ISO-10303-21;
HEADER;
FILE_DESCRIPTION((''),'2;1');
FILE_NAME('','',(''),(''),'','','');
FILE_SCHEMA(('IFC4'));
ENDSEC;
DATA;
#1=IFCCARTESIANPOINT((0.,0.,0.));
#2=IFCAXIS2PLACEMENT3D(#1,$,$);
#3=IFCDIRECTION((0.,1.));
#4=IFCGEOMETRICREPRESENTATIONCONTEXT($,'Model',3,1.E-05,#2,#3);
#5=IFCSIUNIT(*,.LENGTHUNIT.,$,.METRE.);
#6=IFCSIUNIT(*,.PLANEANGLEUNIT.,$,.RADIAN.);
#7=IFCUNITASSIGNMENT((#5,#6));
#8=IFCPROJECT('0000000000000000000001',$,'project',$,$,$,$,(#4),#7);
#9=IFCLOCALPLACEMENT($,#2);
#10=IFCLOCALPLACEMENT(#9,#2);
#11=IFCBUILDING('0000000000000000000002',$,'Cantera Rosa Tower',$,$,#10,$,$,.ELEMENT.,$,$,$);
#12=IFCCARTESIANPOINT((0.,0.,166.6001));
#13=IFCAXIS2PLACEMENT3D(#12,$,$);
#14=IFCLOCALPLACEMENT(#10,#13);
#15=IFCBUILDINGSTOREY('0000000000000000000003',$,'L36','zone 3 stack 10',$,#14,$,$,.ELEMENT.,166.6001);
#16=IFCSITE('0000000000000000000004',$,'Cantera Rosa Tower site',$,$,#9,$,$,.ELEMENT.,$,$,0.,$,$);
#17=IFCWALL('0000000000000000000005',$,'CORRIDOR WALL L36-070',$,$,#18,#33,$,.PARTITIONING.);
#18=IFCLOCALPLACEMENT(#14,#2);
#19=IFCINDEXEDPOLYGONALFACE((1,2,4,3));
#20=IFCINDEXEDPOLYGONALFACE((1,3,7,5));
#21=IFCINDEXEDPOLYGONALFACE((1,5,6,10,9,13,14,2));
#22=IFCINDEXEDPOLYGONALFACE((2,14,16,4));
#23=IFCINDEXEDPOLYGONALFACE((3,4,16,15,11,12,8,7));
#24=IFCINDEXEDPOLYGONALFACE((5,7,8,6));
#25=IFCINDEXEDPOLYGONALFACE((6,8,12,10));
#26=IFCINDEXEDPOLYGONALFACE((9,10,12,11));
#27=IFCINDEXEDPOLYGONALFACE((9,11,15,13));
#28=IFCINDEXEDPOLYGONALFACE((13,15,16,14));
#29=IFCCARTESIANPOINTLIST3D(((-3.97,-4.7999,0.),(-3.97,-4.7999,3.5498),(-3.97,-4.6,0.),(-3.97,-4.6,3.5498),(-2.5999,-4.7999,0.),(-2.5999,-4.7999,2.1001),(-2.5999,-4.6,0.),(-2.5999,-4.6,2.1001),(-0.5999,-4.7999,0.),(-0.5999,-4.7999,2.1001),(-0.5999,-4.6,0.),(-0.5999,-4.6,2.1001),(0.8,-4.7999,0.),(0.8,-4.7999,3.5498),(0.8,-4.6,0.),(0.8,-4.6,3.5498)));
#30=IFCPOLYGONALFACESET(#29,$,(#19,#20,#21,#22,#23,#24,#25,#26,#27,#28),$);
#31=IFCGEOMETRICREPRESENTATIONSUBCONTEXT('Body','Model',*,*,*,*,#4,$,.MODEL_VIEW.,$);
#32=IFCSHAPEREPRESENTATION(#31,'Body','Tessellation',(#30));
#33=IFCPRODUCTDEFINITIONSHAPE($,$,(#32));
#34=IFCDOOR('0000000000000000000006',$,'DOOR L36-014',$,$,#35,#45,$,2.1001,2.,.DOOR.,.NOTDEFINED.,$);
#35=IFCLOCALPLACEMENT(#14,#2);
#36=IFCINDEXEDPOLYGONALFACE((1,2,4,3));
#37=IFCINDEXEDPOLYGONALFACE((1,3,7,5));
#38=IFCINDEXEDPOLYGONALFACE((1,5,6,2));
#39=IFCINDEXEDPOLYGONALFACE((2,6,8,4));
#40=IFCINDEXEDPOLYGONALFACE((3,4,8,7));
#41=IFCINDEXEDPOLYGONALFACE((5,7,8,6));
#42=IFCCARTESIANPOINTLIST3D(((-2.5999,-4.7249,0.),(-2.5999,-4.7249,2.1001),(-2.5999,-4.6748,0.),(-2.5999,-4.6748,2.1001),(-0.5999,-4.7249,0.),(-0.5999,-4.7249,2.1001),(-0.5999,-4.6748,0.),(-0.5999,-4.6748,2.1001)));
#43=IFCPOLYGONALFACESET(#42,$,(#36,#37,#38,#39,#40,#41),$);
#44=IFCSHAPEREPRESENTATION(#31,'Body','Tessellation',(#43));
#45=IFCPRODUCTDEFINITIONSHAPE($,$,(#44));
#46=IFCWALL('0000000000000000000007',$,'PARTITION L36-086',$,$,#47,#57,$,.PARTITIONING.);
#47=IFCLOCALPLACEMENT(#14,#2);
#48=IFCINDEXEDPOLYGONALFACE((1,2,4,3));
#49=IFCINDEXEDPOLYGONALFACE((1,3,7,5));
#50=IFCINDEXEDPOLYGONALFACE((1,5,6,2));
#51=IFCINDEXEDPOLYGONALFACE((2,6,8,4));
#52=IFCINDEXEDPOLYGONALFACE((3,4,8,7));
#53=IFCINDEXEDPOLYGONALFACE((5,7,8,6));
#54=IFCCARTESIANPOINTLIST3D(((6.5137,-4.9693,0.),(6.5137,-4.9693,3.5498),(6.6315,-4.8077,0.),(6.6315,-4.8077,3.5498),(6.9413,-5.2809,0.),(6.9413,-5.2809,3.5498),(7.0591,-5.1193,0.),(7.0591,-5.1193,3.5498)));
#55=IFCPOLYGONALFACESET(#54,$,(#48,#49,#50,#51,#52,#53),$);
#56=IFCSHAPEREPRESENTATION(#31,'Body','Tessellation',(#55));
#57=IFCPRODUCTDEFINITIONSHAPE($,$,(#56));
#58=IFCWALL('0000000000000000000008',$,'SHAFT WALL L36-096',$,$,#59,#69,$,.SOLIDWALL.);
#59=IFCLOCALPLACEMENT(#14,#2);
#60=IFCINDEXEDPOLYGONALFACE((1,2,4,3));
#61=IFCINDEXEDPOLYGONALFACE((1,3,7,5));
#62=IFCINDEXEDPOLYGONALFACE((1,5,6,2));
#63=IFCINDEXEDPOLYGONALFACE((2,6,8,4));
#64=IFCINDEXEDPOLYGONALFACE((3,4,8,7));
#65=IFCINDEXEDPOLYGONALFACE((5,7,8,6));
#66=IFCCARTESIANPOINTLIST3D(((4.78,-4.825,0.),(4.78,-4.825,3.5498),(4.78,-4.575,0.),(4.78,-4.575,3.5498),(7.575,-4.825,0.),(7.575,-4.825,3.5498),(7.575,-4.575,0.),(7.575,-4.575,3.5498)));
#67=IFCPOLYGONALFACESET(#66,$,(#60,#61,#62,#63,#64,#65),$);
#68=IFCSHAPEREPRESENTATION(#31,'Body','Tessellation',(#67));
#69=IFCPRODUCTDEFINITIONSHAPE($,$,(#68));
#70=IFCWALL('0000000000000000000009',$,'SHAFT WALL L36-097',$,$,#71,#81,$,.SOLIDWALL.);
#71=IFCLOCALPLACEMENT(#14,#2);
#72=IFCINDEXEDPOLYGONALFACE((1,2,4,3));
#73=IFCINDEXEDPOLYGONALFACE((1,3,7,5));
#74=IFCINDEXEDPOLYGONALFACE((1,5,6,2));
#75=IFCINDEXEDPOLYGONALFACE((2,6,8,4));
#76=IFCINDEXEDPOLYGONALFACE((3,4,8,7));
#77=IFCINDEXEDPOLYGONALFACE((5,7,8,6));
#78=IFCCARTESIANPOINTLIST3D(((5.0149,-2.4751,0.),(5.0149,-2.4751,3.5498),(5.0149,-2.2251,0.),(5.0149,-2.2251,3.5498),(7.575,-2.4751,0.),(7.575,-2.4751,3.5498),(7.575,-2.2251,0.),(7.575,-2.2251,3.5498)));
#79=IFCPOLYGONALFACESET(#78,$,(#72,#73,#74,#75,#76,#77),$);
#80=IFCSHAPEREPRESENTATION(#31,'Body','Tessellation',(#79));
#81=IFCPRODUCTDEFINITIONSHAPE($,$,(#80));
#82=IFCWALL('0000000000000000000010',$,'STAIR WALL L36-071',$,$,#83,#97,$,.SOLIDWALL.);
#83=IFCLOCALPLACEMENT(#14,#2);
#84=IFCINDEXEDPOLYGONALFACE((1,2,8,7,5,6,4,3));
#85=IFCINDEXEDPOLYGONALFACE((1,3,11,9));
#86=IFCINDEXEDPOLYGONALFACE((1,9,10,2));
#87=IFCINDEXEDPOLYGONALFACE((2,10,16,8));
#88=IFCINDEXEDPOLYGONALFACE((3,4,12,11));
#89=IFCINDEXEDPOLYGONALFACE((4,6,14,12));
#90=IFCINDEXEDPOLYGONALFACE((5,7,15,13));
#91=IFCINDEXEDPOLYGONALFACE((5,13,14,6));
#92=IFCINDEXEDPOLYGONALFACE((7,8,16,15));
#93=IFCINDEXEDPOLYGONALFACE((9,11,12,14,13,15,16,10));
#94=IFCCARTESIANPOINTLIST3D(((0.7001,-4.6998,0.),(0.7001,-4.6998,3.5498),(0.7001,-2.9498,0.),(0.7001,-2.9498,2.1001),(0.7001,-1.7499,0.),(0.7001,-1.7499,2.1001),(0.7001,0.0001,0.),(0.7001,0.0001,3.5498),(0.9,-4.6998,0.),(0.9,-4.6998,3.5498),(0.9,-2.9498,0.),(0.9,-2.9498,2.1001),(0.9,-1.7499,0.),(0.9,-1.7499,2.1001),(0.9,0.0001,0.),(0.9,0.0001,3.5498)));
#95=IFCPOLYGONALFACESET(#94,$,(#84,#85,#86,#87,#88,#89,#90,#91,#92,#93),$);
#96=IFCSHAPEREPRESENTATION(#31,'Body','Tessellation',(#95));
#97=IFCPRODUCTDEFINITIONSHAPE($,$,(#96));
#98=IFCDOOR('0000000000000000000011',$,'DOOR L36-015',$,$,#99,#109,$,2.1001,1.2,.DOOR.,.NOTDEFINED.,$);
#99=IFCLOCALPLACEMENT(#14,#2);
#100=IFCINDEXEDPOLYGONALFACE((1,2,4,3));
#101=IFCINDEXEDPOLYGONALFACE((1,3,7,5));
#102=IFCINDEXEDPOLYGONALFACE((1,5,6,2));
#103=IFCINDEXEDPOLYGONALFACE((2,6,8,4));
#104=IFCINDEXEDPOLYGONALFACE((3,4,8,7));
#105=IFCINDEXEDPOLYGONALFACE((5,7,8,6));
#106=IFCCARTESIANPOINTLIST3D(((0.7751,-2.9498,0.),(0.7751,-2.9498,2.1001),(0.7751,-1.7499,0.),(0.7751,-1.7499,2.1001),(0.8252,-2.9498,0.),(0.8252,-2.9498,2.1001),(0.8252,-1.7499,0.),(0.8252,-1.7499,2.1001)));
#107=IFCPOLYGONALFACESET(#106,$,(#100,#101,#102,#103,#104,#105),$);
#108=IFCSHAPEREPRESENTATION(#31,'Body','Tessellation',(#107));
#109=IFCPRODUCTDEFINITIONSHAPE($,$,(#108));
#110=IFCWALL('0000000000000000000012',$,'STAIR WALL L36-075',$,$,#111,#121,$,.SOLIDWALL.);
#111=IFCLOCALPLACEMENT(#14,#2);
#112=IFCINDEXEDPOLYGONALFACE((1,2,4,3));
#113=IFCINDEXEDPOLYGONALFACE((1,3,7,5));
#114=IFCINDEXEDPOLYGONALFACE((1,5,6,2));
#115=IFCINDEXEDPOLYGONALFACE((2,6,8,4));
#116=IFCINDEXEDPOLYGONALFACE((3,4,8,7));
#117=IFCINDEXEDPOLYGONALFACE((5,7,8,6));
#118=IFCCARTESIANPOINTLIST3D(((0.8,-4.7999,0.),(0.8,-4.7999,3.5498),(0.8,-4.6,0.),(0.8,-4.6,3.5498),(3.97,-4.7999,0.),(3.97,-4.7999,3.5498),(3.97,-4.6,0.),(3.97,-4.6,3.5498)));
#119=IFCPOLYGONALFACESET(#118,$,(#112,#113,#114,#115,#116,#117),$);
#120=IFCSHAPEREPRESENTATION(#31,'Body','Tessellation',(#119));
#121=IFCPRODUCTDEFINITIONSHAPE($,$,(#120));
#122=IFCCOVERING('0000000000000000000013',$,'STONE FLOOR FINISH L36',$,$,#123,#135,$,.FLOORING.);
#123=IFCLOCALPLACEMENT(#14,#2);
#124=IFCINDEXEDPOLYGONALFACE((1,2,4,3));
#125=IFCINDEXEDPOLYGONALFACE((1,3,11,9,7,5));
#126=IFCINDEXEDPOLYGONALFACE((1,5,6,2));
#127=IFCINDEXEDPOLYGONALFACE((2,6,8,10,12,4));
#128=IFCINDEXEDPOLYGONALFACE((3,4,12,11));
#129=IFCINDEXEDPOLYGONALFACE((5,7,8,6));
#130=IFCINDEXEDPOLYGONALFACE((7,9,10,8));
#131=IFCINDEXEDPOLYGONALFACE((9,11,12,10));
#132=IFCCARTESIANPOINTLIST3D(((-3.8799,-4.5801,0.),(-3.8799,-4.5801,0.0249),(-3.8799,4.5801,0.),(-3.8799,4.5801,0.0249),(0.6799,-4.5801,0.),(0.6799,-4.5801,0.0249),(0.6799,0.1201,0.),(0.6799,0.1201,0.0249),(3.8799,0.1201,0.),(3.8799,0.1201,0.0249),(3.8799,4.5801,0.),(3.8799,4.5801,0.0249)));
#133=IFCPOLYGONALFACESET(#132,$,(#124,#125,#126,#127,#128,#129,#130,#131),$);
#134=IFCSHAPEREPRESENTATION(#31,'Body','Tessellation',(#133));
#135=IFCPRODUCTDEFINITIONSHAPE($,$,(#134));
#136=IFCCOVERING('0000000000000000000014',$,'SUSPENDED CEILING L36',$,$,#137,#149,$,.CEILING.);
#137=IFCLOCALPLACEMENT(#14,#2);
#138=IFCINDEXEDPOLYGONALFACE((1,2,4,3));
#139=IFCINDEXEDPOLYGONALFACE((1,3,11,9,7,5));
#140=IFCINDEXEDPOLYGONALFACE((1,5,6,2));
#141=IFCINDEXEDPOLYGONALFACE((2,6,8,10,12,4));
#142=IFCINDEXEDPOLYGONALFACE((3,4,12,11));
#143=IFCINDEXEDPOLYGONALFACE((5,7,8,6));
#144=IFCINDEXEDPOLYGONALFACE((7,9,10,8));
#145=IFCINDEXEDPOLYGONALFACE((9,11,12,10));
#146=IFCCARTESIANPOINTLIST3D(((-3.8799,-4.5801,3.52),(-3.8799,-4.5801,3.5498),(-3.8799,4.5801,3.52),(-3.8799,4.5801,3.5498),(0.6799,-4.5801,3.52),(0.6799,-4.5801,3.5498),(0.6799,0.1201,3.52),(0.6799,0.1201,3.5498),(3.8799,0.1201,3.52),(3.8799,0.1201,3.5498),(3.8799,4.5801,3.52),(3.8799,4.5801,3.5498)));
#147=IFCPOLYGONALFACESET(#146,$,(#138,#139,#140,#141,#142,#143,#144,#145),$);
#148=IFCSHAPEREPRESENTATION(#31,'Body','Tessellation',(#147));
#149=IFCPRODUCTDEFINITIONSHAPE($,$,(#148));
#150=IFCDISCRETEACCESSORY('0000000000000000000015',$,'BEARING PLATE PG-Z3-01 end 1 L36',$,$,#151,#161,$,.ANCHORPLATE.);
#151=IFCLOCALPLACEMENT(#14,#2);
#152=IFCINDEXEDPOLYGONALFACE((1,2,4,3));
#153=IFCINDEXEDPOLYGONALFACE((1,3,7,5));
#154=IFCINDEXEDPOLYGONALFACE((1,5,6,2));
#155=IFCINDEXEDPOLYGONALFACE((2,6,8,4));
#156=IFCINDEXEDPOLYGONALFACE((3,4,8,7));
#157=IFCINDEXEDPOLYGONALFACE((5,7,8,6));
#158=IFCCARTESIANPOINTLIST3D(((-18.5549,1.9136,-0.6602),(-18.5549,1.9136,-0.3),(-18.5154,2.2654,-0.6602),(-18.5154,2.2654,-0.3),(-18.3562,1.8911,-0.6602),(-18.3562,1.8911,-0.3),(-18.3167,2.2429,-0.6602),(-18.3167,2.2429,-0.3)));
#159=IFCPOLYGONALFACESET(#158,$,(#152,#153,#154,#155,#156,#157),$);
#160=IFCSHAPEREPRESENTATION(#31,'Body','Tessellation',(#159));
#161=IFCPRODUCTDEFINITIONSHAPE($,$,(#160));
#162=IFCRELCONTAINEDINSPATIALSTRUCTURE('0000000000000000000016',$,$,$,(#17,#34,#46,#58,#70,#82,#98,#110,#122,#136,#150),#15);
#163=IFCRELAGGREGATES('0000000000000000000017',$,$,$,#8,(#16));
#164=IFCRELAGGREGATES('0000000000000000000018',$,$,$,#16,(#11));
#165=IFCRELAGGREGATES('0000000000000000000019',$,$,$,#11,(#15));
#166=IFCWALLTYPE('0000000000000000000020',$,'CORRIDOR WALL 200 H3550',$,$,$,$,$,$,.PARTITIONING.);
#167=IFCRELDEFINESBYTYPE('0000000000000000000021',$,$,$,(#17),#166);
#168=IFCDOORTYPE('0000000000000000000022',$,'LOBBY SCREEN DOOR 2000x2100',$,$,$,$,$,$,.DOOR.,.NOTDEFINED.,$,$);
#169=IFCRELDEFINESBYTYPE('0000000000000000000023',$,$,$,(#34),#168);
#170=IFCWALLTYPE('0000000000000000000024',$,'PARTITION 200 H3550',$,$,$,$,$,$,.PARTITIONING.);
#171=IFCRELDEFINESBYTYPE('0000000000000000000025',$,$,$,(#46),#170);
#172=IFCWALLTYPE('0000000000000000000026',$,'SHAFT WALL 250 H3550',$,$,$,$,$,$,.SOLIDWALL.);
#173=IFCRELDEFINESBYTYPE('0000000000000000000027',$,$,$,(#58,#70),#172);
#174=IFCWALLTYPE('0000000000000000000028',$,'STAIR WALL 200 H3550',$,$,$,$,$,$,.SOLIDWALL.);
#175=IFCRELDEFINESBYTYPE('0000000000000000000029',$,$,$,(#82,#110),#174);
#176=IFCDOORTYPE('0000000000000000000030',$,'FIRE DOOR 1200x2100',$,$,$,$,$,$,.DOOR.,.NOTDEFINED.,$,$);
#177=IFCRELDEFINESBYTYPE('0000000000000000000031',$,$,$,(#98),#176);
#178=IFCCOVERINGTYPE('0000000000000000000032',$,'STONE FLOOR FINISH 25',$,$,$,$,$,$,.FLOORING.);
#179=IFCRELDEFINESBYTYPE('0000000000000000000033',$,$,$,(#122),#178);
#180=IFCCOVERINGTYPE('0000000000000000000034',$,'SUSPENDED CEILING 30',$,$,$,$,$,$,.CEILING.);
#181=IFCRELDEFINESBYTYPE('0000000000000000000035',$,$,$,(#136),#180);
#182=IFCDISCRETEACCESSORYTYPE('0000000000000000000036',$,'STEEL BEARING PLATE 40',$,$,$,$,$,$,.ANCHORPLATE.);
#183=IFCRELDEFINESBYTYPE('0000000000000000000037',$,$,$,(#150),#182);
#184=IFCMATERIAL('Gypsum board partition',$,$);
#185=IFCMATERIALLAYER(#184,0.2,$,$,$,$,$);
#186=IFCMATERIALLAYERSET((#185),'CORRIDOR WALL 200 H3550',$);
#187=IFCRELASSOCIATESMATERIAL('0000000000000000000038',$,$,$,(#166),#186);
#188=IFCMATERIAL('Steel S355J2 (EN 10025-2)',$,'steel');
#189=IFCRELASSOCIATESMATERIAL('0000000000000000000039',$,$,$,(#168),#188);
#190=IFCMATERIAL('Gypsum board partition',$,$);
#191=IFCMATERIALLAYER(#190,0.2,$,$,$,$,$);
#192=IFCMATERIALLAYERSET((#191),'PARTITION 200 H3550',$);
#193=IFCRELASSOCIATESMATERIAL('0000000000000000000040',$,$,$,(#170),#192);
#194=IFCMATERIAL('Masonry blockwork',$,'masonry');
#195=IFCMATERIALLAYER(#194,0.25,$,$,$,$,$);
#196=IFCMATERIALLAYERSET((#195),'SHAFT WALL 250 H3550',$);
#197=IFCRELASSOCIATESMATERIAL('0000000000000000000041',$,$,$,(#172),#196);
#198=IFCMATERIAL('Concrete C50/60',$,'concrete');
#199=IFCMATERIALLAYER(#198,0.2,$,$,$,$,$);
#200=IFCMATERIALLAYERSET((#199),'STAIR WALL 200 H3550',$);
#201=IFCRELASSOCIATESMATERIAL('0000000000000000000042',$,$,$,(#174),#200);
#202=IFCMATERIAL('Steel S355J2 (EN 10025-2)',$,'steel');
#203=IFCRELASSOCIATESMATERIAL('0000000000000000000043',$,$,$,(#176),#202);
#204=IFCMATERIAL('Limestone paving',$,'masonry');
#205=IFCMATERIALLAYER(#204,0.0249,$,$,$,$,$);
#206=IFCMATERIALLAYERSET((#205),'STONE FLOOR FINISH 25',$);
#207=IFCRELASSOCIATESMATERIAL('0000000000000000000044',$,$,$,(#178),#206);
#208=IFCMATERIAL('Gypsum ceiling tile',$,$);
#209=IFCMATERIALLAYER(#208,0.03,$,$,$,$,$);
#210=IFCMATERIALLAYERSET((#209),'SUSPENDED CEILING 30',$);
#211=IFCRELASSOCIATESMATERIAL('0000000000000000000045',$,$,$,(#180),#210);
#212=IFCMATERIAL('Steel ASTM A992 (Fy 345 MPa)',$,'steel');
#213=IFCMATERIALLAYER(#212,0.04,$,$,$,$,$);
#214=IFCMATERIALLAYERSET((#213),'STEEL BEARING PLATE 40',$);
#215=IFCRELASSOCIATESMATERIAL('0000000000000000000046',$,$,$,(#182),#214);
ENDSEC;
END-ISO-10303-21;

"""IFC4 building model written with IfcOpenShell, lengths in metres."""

from ifc_helpers import new_model, si_unit, direction, frame, frame_2d, origin, place, context, subcontext, project, spatial, polyline, rectangle, outline, extrude, material, layer, layer_set, type_object, element, fill, save


model = new_model("IFC4")

# Units and contexts
model_context = context("Model", 3, precision=1e-05, world=origin(), true_north=direction((0.0, 1.0)))
body_context = subcontext(model_context, "Body", "Model", "MODEL_VIEW")
ifc_project = project(units=[si_unit("LENGTHUNIT", "METRE"), si_unit("PLANEANGLEUNIT", "RADIAN")], contexts=[model_context])

# Site, building, storey
site_placement = place(None, origin())
site = spatial("IfcSite", under=ifc_project, at=site_placement, Name="Cantera Rosa Tower site", CompositionType="ELEMENT", RefElevation=0.0)
building_placement = place(site_placement, origin())
building = spatial("IfcBuilding", under=site, at=building_placement, Name="Cantera Rosa Tower", CompositionType="ELEMENT")
storey_placement = place(building_placement, frame((0.0, 0.0, 166.6001)))
storey = spatial("IfcBuildingStorey", under=building, at=storey_placement, Name="L36", Description="zone 3 stack 10", CompositionType="ELEMENT", Elevation=166.6001)

# Wall, opening, door
ifc_material_1 = material(Name="Gypsum board partition")
ifc_layer_1 = layer(ifc_material_1, 0.2)
ifc_layer_set_1 = layer_set([ifc_layer_1], Name="CORRIDOR WALL 200 H3550")
wall_type_1 = type_object("IfcWallType", Name="CORRIDOR WALL 200 H3550", PredefinedType="PARTITIONING", material=ifc_layer_set_1)
wall_1_placement = place(storey_placement, frame((0.8, -4.7, 0.0), z_axis=(0.0, 0.0, 1.0), x_axis=(-1.0, 0.0, 0.0)))
wall_1 = element("IfcWall", 1, at=wall_1_placement, inside=storey, type_object=wall_type_1, Name="CORRIDOR WALL L36-070", PredefinedType="PARTITIONING", context=body_context, shape_type="SweptSolid", body=[
    extrude(rectangle(XDim=4.77, YDim=0.2, at=frame_2d((2.385, 0.0))), origin(), (0.0, 0.0, 1.0), 3.5498),
])
opening_1_placement = place(wall_1_placement, frame((1.3999, 0.0, 0.0)))
opening_1 = element("IfcOpeningElement", 2, at=opening_1_placement, cuts=wall_1, PredefinedType="OPENING", context=body_context, shape_type="SweptSolid", body=[
    extrude(rectangle(XDim=2.0, YDim=2.1001, at=frame_2d((1.0, 1.05))), frame((0.0, 0.1099, 0.0), z_axis=(0.0, -1.0, 0.0), x_axis=(1.0, 0.0, 0.0)), (0.0, 0.0, 1.0), 0.22),
])
ifc_material_2 = material(Name="Steel S355J2 (EN 10025-2)", Category="steel")
door_type_1 = type_object("IfcDoorType", Name="LOBBY SCREEN DOOR 2000x2100", OperationType="NOTDEFINED", PredefinedType="DOOR", material=ifc_material_2)
door_1_placement = place(opening_1_placement, origin())
door_1 = element("IfcDoor", 3, at=door_1_placement, inside=storey, type_object=door_type_1, Name="DOOR L36-014", OperationType="NOTDEFINED", OverallHeight=2.1001, OverallWidth=2.0, PredefinedType="DOOR", context=body_context, shape_type="SweptSolid", body=[
    extrude(rectangle(XDim=2.0, YDim=2.1001, at=frame_2d((1.0, 1.05))), frame((0.0, 0.0249, 0.0), z_axis=(0.0, -1.0, 0.0), x_axis=(1.0, 0.0, 0.0)), (0.0, 0.0, 1.0), 0.05),
])
fill(opening_1, door_1)

# Walls
ifc_material_3 = material(Name="Gypsum board partition")
ifc_layer_2 = layer(ifc_material_3, 0.2)
ifc_layer_set_2 = layer_set([ifc_layer_2], Name="PARTITION 200 H3550")
wall_type_2 = type_object("IfcWallType", Name="PARTITION 200 H3550", PredefinedType="PARTITIONING", material=ifc_layer_set_2)
wall_2_placement = place(storey_placement, frame((6.5725, -4.8884, 0.0), z_axis=(0.0, 0.0, 1.0), x_axis=(0.808177, -0.58894, 0.0)))
element("IfcWall", 4, at=wall_2_placement, inside=storey, type_object=wall_type_2, Name="PARTITION L36-086", PredefinedType="PARTITIONING", context=body_context, shape_type="SweptSolid", body=[
    extrude(rectangle(XDim=0.5291, YDim=0.2, at=frame_2d((0.2646, 0.0))), origin(), (0.0, 0.0, 1.0), 3.5498),
])
ifc_material_4 = material(Name="Masonry blockwork", Category="masonry")
ifc_layer_3 = layer(ifc_material_4, 0.25)
ifc_layer_set_3 = layer_set([ifc_layer_3], Name="SHAFT WALL 250 H3550")
wall_type_3 = type_object("IfcWallType", Name="SHAFT WALL 250 H3550", PredefinedType="SOLIDWALL", material=ifc_layer_set_3)
wall_3_placement = place(storey_placement, frame((7.575, -4.7, 0.0), z_axis=(0.0, 0.0, 1.0), x_axis=(-1.0, 0.0, 0.0)))
element("IfcWall", 5, at=wall_3_placement, inside=storey, type_object=wall_type_3, Name="SHAFT WALL L36-096", PredefinedType="SOLIDWALL", context=body_context, shape_type="SweptSolid", body=[
    extrude(rectangle(XDim=2.7949, YDim=0.25, at=frame_2d((1.3975, 0.0))), origin(), (0.0, 0.0, 1.0), 3.5498),
])
wall_4_placement = place(storey_placement, frame((7.575, -2.3501, 0.0), z_axis=(0.0, 0.0, 1.0), x_axis=(-1.0, 0.0, 0.0)))
element("IfcWall", 6, at=wall_4_placement, inside=storey, type_object=wall_type_3, Name="SHAFT WALL L36-097", PredefinedType="SOLIDWALL", context=body_context, shape_type="SweptSolid", body=[
    extrude(rectangle(XDim=2.5601, YDim=0.25, at=frame_2d((1.28, 0.0))), origin(), (0.0, 0.0, 1.0), 3.5498),
])

# Wall, opening, door
ifc_material_5 = material(Name="Concrete C50/60", Category="concrete")
ifc_layer_4 = layer(ifc_material_5, 0.2)
ifc_layer_set_4 = layer_set([ifc_layer_4], Name="STAIR WALL 200 H3550")
wall_type_4 = type_object("IfcWallType", Name="STAIR WALL 200 H3550", PredefinedType="SOLIDWALL", material=ifc_layer_set_4)
wall_5_placement = place(storey_placement, frame((0.8, -4.7, 0.0), z_axis=(0.0, 0.0, 1.0), x_axis=(0.0, 1.0, 0.0)))
wall_5 = element("IfcWall", 7, at=wall_5_placement, inside=storey, type_object=wall_type_4, Name="STAIR WALL L36-071", PredefinedType="SOLIDWALL", context=body_context, shape_type="SweptSolid", body=[
    extrude(rectangle(XDim=4.7, YDim=0.2, at=frame_2d((2.3501, 0.0))), origin(), (0.0, 0.0, 1.0), 3.5498),
])
opening_2_placement = place(wall_5_placement, frame((1.75, 0.0, 0.0)))
opening_2 = element("IfcOpeningElement", 8, at=opening_2_placement, cuts=wall_5, PredefinedType="OPENING", context=body_context, shape_type="SweptSolid", body=[
    extrude(rectangle(XDim=1.2, YDim=2.1001, at=frame_2d((0.6001, 1.05))), frame((0.0, 0.1099, 0.0), z_axis=(0.0, -1.0, 0.0), x_axis=(1.0, 0.0, 0.0)), (0.0, 0.0, 1.0), 0.22),
])
ifc_material_6 = material(Name="Steel S355J2 (EN 10025-2)", Category="steel")
door_type_2 = type_object("IfcDoorType", Name="FIRE DOOR 1200x2100", OperationType="NOTDEFINED", PredefinedType="DOOR", material=ifc_material_6)
door_2_placement = place(opening_2_placement, origin())
door_2 = element("IfcDoor", 9, at=door_2_placement, inside=storey, type_object=door_type_2, Name="DOOR L36-015", OperationType="NOTDEFINED", OverallHeight=2.1001, OverallWidth=1.2, PredefinedType="DOOR", context=body_context, shape_type="SweptSolid", body=[
    extrude(rectangle(XDim=1.2, YDim=2.1001, at=frame_2d((0.6001, 1.05))), frame((0.0, 0.0249, 0.0), z_axis=(0.0, -1.0, 0.0), x_axis=(1.0, 0.0, 0.0)), (0.0, 0.0, 1.0), 0.05),
])
fill(opening_2, door_2)

# Wall
wall_6_placement = place(storey_placement, frame((3.97, -4.7, 0.0), z_axis=(0.0, 0.0, 1.0), x_axis=(-1.0, 0.0, 0.0)))
element("IfcWall", 10, at=wall_6_placement, inside=storey, type_object=wall_type_4, Name="STAIR WALL L36-075", PredefinedType="SOLIDWALL", context=body_context, shape_type="SweptSolid", body=[
    extrude(rectangle(XDim=3.1699, YDim=0.2, at=frame_2d((1.585, 0.0))), origin(), (0.0, 0.0, 1.0), 3.5498),
])

# Coverings
ifc_material_7 = material(Name="Limestone paving", Category="masonry")
ifc_layer_5 = layer(ifc_material_7, 0.0249)
ifc_layer_set_5 = layer_set([ifc_layer_5], Name="STONE FLOOR FINISH 25")
covering_type_1 = type_object("IfcCoveringType", Name="STONE FLOOR FINISH 25", PredefinedType="FLOORING", material=ifc_layer_set_5)
covering_1_placement = place(storey_placement, origin())
element("IfcCovering", 11, at=covering_1_placement, inside=storey, type_object=covering_type_1, Name="STONE FLOOR FINISH L36", PredefinedType="FLOORING", context=body_context, shape_type="SweptSolid", body=[
    extrude(outline(polyline([(3.8799, 4.5801), (3.8799, 0.1201), (0.6799, 0.1201), (0.6799, -4.5801), (-3.8799, -4.5801), (-3.8799, 4.5801), (3.8799, 4.5801)])), origin(), (0.0, 0.0, 1.0), 0.0249),
])
ifc_material_8 = material(Name="Gypsum ceiling tile")
ifc_layer_6 = layer(ifc_material_8, 0.03)
ifc_layer_set_6 = layer_set([ifc_layer_6], Name="SUSPENDED CEILING 30")
covering_type_2 = type_object("IfcCoveringType", Name="SUSPENDED CEILING 30", PredefinedType="CEILING", material=ifc_layer_set_6)
covering_2_placement = place(storey_placement, frame((0.0, 0.0, 3.52)))
element("IfcCovering", 12, at=covering_2_placement, inside=storey, type_object=covering_type_2, Name="SUSPENDED CEILING L36", PredefinedType="CEILING", context=body_context, shape_type="SweptSolid", body=[
    extrude(outline(polyline([(3.8799, 4.5801), (3.8799, 0.1201), (0.6799, 0.1201), (0.6799, -4.5801), (-3.8799, -4.5801), (-3.8799, 4.5801), (3.8799, 4.5801)])), origin(), (0.0, 0.0, 1.0), 0.0298),
])

# Discrete accessory
ifc_material_9 = material(Name="Steel ASTM A992 (Fy 345 MPa)", Category="steel")
ifc_layer_7 = layer(ifc_material_9, 0.04)
ifc_layer_set_7 = layer_set([ifc_layer_7], Name="STEEL BEARING PLATE 40")
discrete_accessory_type = type_object("IfcDiscreteAccessoryType", Name="STEEL BEARING PLATE 40", PredefinedType="ANCHORPLATE", material=ifc_layer_set_7)
discrete_accessory_1_placement = place(storey_placement, frame((0.0, 0.0, -0.6602)))
element("IfcDiscreteAccessory", 13, at=discrete_accessory_1_placement, inside=storey, type_object=discrete_accessory_type, Name="BEARING PLATE PG-Z3-01 end 1 L36", PredefinedType="ANCHORPLATE", context=body_context, shape_type="SweptSolid", body=[
    extrude(outline(polyline([(-18.3167, 2.2429), (-18.5154, 2.2654), (-18.5549, 1.9136), (-18.3562, 1.8911), (-18.3167, 2.2429)])), origin(), (0.0, 0.0, 1.0), 0.3601),
])

save(model, "model.ifc")
